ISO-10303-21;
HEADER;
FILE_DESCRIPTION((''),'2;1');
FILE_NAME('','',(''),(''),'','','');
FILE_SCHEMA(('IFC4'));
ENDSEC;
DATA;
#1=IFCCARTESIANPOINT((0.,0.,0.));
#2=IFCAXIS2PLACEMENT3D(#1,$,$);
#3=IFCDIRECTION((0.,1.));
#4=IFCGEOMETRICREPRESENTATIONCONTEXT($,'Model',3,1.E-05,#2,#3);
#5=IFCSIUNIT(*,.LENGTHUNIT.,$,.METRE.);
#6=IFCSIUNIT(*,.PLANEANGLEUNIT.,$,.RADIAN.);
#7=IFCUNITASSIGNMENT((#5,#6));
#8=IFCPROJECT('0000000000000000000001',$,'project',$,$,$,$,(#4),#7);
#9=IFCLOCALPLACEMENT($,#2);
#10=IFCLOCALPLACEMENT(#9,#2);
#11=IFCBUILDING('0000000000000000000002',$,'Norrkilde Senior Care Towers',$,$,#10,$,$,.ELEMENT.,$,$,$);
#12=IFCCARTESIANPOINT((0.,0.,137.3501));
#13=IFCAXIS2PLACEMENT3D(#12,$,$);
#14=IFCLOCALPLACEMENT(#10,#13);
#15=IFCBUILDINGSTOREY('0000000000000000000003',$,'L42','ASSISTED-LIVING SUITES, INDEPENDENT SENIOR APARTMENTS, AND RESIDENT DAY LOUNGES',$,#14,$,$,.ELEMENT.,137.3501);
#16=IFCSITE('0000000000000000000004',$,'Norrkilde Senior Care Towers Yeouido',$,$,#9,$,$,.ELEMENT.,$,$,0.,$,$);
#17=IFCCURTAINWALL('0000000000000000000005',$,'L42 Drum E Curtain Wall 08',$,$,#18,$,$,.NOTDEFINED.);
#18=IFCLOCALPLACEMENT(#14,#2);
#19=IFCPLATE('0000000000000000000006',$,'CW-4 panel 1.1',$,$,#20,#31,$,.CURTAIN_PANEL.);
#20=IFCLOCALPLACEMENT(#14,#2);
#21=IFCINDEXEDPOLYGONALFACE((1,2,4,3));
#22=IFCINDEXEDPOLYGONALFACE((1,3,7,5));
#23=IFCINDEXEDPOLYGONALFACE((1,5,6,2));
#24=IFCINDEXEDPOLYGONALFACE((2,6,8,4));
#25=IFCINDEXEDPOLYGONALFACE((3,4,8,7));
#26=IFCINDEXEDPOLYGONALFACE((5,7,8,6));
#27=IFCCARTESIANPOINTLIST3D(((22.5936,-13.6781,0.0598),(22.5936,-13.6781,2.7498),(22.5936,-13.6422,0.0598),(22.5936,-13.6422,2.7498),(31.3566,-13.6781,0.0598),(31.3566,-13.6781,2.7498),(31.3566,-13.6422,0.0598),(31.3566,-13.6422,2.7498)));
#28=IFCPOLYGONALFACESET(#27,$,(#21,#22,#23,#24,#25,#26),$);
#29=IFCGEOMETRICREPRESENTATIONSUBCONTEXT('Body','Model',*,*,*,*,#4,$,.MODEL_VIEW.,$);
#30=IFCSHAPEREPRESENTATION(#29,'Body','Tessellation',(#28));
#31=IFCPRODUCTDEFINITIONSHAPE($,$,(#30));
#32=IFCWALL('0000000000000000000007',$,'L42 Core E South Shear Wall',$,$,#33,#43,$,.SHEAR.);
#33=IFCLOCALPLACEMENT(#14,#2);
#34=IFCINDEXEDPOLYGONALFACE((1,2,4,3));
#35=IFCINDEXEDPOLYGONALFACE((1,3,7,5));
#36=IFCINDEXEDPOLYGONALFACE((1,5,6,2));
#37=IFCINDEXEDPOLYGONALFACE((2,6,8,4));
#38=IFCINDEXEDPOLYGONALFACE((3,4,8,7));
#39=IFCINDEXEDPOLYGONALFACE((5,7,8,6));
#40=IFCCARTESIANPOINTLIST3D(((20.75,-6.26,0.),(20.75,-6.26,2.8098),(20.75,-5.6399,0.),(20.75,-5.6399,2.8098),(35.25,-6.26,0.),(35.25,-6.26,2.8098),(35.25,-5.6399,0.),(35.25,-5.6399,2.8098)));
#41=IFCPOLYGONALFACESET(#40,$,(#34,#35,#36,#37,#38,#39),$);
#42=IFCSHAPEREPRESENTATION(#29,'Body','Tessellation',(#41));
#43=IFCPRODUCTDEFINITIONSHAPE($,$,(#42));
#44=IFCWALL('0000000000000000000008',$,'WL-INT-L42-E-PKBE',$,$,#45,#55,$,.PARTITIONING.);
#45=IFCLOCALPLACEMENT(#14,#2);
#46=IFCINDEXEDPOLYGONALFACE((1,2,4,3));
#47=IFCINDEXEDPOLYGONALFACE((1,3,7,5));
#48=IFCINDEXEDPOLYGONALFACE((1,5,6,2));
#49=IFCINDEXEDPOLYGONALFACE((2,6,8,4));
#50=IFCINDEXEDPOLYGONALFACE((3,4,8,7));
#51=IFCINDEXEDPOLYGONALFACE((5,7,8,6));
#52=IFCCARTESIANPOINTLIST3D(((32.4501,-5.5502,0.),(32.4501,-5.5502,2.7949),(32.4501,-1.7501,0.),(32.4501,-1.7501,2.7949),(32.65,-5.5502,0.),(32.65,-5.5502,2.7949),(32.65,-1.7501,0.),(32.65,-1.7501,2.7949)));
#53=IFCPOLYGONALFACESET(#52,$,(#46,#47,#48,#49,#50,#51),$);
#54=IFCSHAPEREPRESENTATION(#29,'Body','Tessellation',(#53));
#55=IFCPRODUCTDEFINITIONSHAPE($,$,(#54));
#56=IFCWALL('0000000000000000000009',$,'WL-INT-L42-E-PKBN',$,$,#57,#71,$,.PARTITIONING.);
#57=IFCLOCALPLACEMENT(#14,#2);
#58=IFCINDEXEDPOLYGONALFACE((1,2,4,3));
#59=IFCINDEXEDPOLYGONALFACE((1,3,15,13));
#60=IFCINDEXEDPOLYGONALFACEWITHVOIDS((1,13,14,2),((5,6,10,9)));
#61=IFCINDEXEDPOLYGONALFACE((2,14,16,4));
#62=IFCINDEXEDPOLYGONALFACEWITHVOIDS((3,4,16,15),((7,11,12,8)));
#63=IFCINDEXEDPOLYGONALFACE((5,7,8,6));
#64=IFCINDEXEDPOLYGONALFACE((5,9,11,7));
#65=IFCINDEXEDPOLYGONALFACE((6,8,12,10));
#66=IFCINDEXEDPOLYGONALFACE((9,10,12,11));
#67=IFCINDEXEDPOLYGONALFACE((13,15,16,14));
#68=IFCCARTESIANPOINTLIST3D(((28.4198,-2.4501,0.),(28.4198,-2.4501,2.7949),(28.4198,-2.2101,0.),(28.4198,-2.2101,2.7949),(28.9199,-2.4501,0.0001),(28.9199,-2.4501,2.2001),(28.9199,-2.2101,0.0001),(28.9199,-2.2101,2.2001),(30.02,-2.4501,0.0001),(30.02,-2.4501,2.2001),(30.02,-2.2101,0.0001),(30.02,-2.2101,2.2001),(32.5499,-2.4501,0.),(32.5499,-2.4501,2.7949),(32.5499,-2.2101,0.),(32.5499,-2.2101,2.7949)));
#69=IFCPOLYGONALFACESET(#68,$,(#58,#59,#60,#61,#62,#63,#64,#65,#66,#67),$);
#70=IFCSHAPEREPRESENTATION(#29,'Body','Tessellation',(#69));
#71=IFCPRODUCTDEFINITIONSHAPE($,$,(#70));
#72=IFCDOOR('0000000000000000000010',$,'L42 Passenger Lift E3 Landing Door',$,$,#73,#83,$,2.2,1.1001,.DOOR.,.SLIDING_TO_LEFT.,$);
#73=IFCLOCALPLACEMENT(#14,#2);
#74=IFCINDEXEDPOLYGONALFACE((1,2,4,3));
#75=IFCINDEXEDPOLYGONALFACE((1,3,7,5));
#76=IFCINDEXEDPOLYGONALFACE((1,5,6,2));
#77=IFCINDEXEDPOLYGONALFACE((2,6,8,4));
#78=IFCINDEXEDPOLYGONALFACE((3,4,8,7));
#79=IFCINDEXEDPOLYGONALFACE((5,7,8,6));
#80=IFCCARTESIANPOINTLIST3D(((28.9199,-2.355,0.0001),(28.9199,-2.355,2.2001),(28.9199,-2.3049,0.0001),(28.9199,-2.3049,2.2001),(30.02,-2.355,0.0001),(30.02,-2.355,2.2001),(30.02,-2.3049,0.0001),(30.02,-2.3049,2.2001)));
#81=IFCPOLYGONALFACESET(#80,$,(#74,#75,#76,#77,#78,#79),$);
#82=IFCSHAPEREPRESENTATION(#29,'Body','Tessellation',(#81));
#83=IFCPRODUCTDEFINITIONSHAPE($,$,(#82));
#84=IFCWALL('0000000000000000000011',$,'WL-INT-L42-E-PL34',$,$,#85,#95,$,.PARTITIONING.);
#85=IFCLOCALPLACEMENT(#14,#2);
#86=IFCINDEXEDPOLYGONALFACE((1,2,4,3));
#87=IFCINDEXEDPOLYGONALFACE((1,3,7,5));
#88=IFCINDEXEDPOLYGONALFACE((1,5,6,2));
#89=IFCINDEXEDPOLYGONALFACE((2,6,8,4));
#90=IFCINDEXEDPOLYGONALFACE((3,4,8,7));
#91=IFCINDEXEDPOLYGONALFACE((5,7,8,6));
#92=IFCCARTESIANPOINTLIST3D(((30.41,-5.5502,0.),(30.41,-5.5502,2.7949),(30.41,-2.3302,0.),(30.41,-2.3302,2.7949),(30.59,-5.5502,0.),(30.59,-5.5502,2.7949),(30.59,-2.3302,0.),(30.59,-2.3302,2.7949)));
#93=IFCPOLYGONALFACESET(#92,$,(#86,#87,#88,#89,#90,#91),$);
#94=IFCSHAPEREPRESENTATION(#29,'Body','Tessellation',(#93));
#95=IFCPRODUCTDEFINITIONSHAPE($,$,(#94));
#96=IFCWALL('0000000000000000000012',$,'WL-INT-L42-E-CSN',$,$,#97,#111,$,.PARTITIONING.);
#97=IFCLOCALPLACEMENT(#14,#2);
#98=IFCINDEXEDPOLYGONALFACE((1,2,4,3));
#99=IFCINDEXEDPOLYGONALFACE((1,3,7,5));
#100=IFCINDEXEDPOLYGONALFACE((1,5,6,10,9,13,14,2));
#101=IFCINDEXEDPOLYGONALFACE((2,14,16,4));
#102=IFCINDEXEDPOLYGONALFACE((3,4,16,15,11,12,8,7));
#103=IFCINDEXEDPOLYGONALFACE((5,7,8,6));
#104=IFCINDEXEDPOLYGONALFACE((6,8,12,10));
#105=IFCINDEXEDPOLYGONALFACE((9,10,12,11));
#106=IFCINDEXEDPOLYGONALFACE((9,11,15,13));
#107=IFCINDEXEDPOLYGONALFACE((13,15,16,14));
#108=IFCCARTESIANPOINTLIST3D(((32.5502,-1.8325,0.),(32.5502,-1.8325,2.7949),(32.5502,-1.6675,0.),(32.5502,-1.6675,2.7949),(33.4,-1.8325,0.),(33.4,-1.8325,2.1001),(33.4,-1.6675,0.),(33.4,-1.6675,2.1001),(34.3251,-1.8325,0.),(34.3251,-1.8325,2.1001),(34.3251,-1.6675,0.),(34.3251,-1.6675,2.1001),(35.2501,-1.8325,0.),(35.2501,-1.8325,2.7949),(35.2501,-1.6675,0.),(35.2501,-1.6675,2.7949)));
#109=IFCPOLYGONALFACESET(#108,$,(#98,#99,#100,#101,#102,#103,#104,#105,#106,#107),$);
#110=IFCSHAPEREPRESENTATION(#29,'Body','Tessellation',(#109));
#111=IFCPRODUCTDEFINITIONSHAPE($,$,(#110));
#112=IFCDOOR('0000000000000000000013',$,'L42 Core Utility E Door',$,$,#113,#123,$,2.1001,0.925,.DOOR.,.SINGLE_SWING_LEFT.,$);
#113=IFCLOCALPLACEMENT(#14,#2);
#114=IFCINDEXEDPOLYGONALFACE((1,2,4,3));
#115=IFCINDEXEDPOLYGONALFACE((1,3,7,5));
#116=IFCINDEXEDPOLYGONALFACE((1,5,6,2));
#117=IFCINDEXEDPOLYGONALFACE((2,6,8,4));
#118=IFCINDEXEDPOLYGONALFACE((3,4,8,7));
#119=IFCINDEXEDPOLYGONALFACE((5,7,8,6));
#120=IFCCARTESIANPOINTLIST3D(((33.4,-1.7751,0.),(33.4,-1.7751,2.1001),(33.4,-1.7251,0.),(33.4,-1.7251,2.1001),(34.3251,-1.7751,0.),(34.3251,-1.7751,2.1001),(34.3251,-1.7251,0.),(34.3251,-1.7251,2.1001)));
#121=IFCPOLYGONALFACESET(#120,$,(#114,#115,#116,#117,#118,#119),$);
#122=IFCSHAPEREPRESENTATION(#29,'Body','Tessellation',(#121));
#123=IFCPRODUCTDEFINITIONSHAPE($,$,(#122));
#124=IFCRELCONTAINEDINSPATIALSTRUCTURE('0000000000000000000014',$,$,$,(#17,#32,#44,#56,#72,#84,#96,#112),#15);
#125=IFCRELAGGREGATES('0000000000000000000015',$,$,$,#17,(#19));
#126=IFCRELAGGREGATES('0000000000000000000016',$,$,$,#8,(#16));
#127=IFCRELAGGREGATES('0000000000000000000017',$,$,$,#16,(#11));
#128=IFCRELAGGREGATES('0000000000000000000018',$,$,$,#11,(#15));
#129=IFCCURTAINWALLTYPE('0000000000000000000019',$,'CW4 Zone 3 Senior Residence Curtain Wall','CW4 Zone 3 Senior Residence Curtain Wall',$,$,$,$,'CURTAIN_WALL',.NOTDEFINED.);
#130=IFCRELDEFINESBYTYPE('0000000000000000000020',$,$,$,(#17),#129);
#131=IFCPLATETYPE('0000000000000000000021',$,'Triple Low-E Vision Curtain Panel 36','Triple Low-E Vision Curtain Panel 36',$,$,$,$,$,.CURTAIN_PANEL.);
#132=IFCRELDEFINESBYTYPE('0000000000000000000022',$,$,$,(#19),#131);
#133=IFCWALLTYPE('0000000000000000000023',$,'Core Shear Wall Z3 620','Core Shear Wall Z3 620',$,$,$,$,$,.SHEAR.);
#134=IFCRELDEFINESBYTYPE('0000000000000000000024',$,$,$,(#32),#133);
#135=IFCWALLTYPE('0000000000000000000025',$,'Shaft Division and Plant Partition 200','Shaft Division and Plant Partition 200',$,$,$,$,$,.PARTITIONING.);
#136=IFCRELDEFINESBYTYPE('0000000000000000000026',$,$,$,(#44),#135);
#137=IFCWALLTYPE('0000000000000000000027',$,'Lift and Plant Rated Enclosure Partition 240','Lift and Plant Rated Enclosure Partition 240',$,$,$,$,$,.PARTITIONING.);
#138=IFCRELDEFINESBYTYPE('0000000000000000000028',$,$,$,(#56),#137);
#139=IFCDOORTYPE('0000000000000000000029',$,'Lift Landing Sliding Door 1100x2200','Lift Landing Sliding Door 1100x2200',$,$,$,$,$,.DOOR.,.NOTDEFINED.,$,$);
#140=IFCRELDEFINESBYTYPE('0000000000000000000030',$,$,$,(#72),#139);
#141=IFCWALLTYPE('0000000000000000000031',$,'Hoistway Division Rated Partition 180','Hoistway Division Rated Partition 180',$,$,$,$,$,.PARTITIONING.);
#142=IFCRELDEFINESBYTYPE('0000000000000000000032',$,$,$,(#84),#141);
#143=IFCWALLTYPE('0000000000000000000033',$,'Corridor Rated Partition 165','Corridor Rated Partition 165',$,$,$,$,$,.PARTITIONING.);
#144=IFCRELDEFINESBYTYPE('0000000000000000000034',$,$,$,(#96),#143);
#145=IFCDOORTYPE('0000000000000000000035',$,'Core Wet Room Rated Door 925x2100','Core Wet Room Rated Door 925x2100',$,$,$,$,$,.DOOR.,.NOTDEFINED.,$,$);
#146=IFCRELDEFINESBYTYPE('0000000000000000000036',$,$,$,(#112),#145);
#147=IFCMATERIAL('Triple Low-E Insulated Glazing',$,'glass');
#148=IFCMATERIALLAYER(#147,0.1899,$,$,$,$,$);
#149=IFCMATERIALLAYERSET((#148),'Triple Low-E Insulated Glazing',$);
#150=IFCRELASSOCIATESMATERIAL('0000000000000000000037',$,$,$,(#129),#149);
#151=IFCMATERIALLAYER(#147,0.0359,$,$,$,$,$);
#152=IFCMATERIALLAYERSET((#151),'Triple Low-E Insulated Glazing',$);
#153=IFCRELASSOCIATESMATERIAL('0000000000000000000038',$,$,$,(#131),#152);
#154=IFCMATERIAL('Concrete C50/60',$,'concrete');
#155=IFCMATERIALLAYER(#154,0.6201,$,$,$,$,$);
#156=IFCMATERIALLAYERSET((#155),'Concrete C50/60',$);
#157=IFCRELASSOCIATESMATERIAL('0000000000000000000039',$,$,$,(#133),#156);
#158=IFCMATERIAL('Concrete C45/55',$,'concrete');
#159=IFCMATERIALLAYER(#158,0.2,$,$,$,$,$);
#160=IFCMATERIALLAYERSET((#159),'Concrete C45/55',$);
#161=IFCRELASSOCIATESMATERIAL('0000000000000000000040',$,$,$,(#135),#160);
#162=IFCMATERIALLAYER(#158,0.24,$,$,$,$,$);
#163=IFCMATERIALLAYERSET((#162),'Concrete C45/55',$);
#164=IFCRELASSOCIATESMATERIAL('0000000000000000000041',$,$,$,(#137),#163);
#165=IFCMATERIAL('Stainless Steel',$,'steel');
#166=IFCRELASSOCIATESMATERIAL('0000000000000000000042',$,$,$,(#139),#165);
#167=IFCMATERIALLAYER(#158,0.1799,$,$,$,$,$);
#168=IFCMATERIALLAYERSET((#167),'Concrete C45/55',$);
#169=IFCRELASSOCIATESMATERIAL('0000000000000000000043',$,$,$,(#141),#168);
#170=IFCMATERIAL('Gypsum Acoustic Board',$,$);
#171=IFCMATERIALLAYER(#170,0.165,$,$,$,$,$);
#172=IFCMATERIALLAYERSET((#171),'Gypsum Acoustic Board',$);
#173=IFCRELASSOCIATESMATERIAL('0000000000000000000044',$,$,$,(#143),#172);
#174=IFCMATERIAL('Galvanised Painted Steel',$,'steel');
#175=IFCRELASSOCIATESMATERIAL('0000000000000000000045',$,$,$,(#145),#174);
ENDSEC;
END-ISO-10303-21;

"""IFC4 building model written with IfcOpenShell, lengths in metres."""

from ifc_helpers import new_model, si_unit, direction, frame, frame_2d, origin, origin_2d, place, context, subcontext, project, spatial, rectangle, extrude, source, transform, mapped, material, layer, layer_set, type_object, type_shapes, element, fill, aggregate, save


model = new_model("IFC4")

# Units and contexts
model_context = context("Model", 3, precision=1e-05, world=origin(), true_north=direction((0.0, 1.0)))
body_context = subcontext(model_context, "Body", "Model", "MODEL_VIEW")
ifc_project = project(units=[si_unit("LENGTHUNIT", "METRE"), si_unit("PLANEANGLEUNIT", "RADIAN")], contexts=[model_context])

# Site, building, storey
site_placement = place(None, origin())
site = spatial("IfcSite", under=ifc_project, at=site_placement, Name="Norrkilde Senior Care Towers Yeouido", CompositionType="ELEMENT", RefElevation=0.0)
building_placement = place(site_placement, origin())
building = spatial("IfcBuilding", under=site, at=building_placement, Name="Norrkilde Senior Care Towers", CompositionType="ELEMENT")
storey_placement = place(building_placement, frame((0.0, 0.0, 137.3501)))
storey = spatial("IfcBuildingStorey", under=building, at=storey_placement, Name="L42", Description="ASSISTED-LIVING SUITES, INDEPENDENT SENIOR APARTMENTS, AND RESIDENT DAY LOUNGES", CompositionType="ELEMENT", Elevation=137.3501)

# Shared definitions
ifc_material_1 = material(Name="Concrete C50/60", Category="concrete")

# Curtain wall
ifc_material_2 = material(Name="Triple Low-E Insulated Glazing", Category="glass")
ifc_layer_1 = layer(ifc_material_2, 0.1899)
ifc_layer_set_1 = layer_set([ifc_layer_1], Name="Triple Low-E Insulated Glazing")
curtain_wall_type = type_object("IfcCurtainWallType", Name="CW4 Zone 3 Senior Residence Curtain Wall", Description="CW4 Zone 3 Senior Residence Curtain Wall", ElementType="CURTAIN_WALL", PredefinedType="NOTDEFINED", material=ifc_layer_set_1)
curtain_wall_1_placement = place(storey_placement, origin())
curtain_wall_1 = element("IfcCurtainWall", 1, at=curtain_wall_1_placement, inside=storey, type_object=curtain_wall_type, Name="L42 Drum E Curtain Wall 08", PredefinedType="NOTDEFINED")

# Shared definitions
ifc_layer_2 = layer(ifc_material_2, 0.0359)
ifc_layer_set_2 = layer_set([ifc_layer_2], Name="Triple Low-E Insulated Glazing")
plate_type = type_object("IfcPlateType", Name="Triple Low-E Vision Curtain Panel 36", Description="Triple Low-E Vision Curtain Panel 36", PredefinedType="CURTAIN_PANEL", material=ifc_layer_set_2)

# Plate
shared_shape_1 = source(origin(), body_context, "Body", "SweptSolid", [
    extrude(rectangle(XDim=8.7629, YDim=0.0359, at=origin_2d()), origin(), (0.0, 0.0, 1.0), 2.6899),
])
plate_1_placement = place(storey_placement, frame((26.9751, -13.6602, 0.0598), z_axis=(0.0, 0.0, 1.0), x_axis=(-1.0, 0.0, 0.0)))
plate_1 = element("IfcPlate", 2, at=plate_1_placement, type_object=plate_type, Name="CW-4 panel 1.1", PredefinedType="CURTAIN_PANEL", context=body_context, shape_type="MappedRepresentation", body=[
    mapped(shared_shape_1, transform((0.0, 0.0, 0.0), x_axis=(1.0, 0.0, 0.0), y_axis=(0.0, 1.0, 0.0), z_axis=(0.0, 0.0, 1.0), scale=1.0)),
])
aggregate(curtain_wall_1, [plate_1])

# Walls
ifc_layer_3 = layer(ifc_material_1, 0.6201)
ifc_layer_set_3 = layer_set([ifc_layer_3], Name="Concrete C50/60")
wall_type_1 = type_object("IfcWallType", Name="Core Shear Wall Z3 620", Description="Core Shear Wall Z3 620", PredefinedType="SHEAR", material=ifc_layer_set_3)
shared_shape_2 = source(origin(), body_context, "Body", "SweptSolid", [
    extrude(rectangle(XDim=14.5, YDim=0.6201, at=frame_2d((7.25, 0.0))), origin(), (0.0, 0.0, 1.0), 2.8098),
])
type_shapes(wall_type_1, [shared_shape_2])
wall_1_placement = place(storey_placement, frame((35.25, -5.95, 0.0), z_axis=(0.0, 0.0, 1.0), x_axis=(-1.0, 0.0, 0.0)))
element("IfcWall", 3, at=wall_1_placement, inside=storey, type_object=wall_type_1, Name="L42 Core E South Shear Wall", PredefinedType="SHEAR", context=body_context, shape_type="MappedRepresentation", body=[
    mapped(shared_shape_2, transform((0.0, 0.0, 0.0), x_axis=(1.0, 0.0, 0.0), y_axis=(0.0, 1.0, 0.0), z_axis=(0.0, 0.0, 1.0), scale=1.0)),
])
ifc_material_3 = material(Name="Concrete C45/55", Category="concrete")
ifc_layer_4 = layer(ifc_material_3, 0.2)
ifc_layer_set_4 = layer_set([ifc_layer_4], Name="Concrete C45/55")
wall_type_2 = type_object("IfcWallType", Name="Shaft Division and Plant Partition 200", Description="Shaft Division and Plant Partition 200", PredefinedType="PARTITIONING", material=ifc_layer_set_4)
shared_shape_3 = source(origin(), body_context, "Body", "SweptSolid", [
    extrude(rectangle(XDim=3.8, YDim=0.2, at=frame_2d((1.8999, 0.0))), origin(), (0.0, 0.0, 1.0), 2.7949),
])
type_shapes(wall_type_2, [shared_shape_3])
wall_2_placement = place(storey_placement, frame((32.55, -5.55, 0.0), z_axis=(0.0, 0.0, 1.0), x_axis=(0.0, 1.0, 0.0)))
element("IfcWall", 4, at=wall_2_placement, inside=storey, type_object=wall_type_2, Name="WL-INT-L42-E-PKBE", PredefinedType="PARTITIONING", context=body_context, shape_type="MappedRepresentation", body=[
    mapped(shared_shape_3, transform((0.0, 0.0, 0.0), x_axis=(1.0, 0.0, 0.0), y_axis=(0.0, 1.0, 0.0), z_axis=(0.0, 0.0, 1.0), scale=1.0)),
])

# Wall, opening, door
ifc_layer_5 = layer(ifc_material_3, 0.24)
ifc_layer_set_5 = layer_set([ifc_layer_5], Name="Concrete C45/55")
wall_type_3 = type_object("IfcWallType", Name="Lift and Plant Rated Enclosure Partition 240", Description="Lift and Plant Rated Enclosure Partition 240", PredefinedType="PARTITIONING", material=ifc_layer_set_5)
shared_shape_4 = source(origin(), body_context, "Body", "SweptSolid", [
    extrude(rectangle(XDim=4.1301, YDim=0.24, at=frame_2d((2.0649, 0.0))), origin(), (0.0, 0.0, 1.0), 2.7949),
])
type_shapes(wall_type_3, [shared_shape_4])
wall_3_placement = place(storey_placement, frame((28.4199, -2.3301, 0.0), z_axis=(0.0, 0.0, 1.0), x_axis=(1.0, 0.0, 0.0)))
wall_3 = element("IfcWall", 5, at=wall_3_placement, inside=storey, type_object=wall_type_3, Name="WL-INT-L42-E-PKBN", PredefinedType="PARTITIONING", context=body_context, shape_type="MappedRepresentation", body=[
    mapped(shared_shape_4, transform((0.0, 0.0, 0.0), x_axis=(1.0, 0.0, 0.0), y_axis=(0.0, 1.0, 0.0), z_axis=(0.0, 0.0, 1.0), scale=1.0)),
])
opening_1_placement = place(wall_3_placement, frame((0.5, 0.0, 0.0)))
opening_1 = element("IfcOpeningElement", 6, at=opening_1_placement, cuts=wall_3, PredefinedType="OPENING", context=body_context, shape_type="SweptSolid", body=[
    extrude(rectangle(XDim=1.1001, YDim=2.2, at=frame_2d((0.55, 1.1001))), frame((0.0, 0.1299, 0.0), z_axis=(0.0, -1.0, 0.0), x_axis=(1.0, 0.0, 0.0)), (0.0, 0.0, 1.0), 0.26),
])
ifc_material_4 = material(Name="Stainless Steel", Category="steel")
door_type_1 = type_object("IfcDoorType", Name="Lift Landing Sliding Door 1100x2200", Description="Lift Landing Sliding Door 1100x2200", OperationType="NOTDEFINED", PredefinedType="DOOR", material=ifc_material_4)
shared_shape_5 = source(origin(), body_context, "Body", "SweptSolid", [
    extrude(rectangle(XDim=1.1001, YDim=2.2, at=frame_2d((0.55, 1.1001))), frame((0.0, 0.0249, 0.0), z_axis=(0.0, -1.0, 0.0), x_axis=(1.0, 0.0, 0.0)), (0.0, 0.0, 1.0), 0.05),
])
type_shapes(door_type_1, [shared_shape_5])
door_1_placement = place(opening_1_placement, frame((1.1001, 0.0, 0.0), z_axis=(0.0, 0.0, 1.0), x_axis=(-1.0, 0.0, 0.0)))
door_1 = element("IfcDoor", 7, at=door_1_placement, inside=storey, type_object=door_type_1, Name="L42 Passenger Lift E3 Landing Door", OperationType="SLIDING_TO_LEFT", OverallHeight=2.2, OverallWidth=1.1001, PredefinedType="DOOR", context=body_context, shape_type="MappedRepresentation", body=[
    mapped(shared_shape_5, transform((0.0, 0.0, 0.0), x_axis=(1.0, 0.0, 0.0), y_axis=(0.0, 1.0, 0.0), z_axis=(0.0, 0.0, 1.0), scale=1.0)),
])
fill(opening_1, door_1)

# Wall
ifc_layer_6 = layer(ifc_material_3, 0.1799)
ifc_layer_set_6 = layer_set([ifc_layer_6], Name="Concrete C45/55")
wall_type_4 = type_object("IfcWallType", Name="Hoistway Division Rated Partition 180", Description="Hoistway Division Rated Partition 180", PredefinedType="PARTITIONING", material=ifc_layer_set_6)
shared_shape_6 = source(origin(), body_context, "Body", "SweptSolid", [
    extrude(rectangle(XDim=3.22, YDim=0.1799, at=frame_2d((1.6099, 0.0))), origin(), (0.0, 0.0, 1.0), 2.7949),
])
type_shapes(wall_type_4, [shared_shape_6])
wall_4_placement = place(storey_placement, frame((30.5, -5.55, 0.0), z_axis=(0.0, 0.0, 1.0), x_axis=(0.0, 1.0, 0.0)))
element("IfcWall", 8, at=wall_4_placement, inside=storey, type_object=wall_type_4, Name="WL-INT-L42-E-PL34", PredefinedType="PARTITIONING", context=body_context, shape_type="MappedRepresentation", body=[
    mapped(shared_shape_6, transform((0.0, 0.0, 0.0), x_axis=(1.0, 0.0, 0.0), y_axis=(0.0, 1.0, 0.0), z_axis=(0.0, 0.0, 1.0), scale=1.0)),
])

# Wall, opening, door
ifc_material_5 = material(Name="Gypsum Acoustic Board")
ifc_layer_7 = layer(ifc_material_5, 0.165)
ifc_layer_set_7 = layer_set([ifc_layer_7], Name="Gypsum Acoustic Board")
wall_type_5 = type_object("IfcWallType", Name="Corridor Rated Partition 165", Description="Corridor Rated Partition 165", PredefinedType="PARTITIONING", material=ifc_layer_set_7)
shared_shape_7 = source(origin(), body_context, "Body", "SweptSolid", [
    extrude(rectangle(XDim=2.7, YDim=0.165, at=frame_2d((1.3501, 0.0))), origin(), (0.0, 0.0, 1.0), 2.7949),
])
wall_5_placement = place(storey_placement, frame((32.55, -1.75, 0.0), z_axis=(0.0, 0.0, 1.0), x_axis=(1.0, 0.0, 0.0)))
wall_5 = element("IfcWall", 9, at=wall_5_placement, inside=storey, type_object=wall_type_5, Name="WL-INT-L42-E-CSN", PredefinedType="PARTITIONING", context=body_context, shape_type="MappedRepresentation", body=[
    mapped(shared_shape_7, transform((0.0, 0.0, 0.0), x_axis=(1.0, 0.0, 0.0), y_axis=(0.0, 1.0, 0.0), z_axis=(0.0, 0.0, 1.0), scale=1.0)),
])
opening_2_placement = place(wall_5_placement, frame((0.8501, 0.0, 0.0)))
opening_2 = element("IfcOpeningElement", 10, at=opening_2_placement, cuts=wall_5, PredefinedType="OPENING", context=body_context, shape_type="SweptSolid", body=[
    extrude(rectangle(XDim=0.925, YDim=2.1001, at=frame_2d((0.4624, 1.05))), frame((0.0, 0.0925, 0.0), z_axis=(0.0, -1.0, 0.0), x_axis=(1.0, 0.0, 0.0)), (0.0, 0.0, 1.0), 0.1851),
])
ifc_material_6 = material(Name="Galvanised Painted Steel", Category="steel")
door_type_2 = type_object("IfcDoorType", Name="Core Wet Room Rated Door 925x2100", Description="Core Wet Room Rated Door 925x2100", OperationType="NOTDEFINED", PredefinedType="DOOR", material=ifc_material_6)
shared_shape_8 = source(origin(), body_context, "Body", "SweptSolid", [
    extrude(rectangle(XDim=0.925, YDim=2.1001, at=frame_2d((0.4624, 1.05))), frame((0.0, 0.0249, 0.0), z_axis=(0.0, -1.0, 0.0), x_axis=(1.0, 0.0, 0.0)), (0.0, 0.0, 1.0), 0.05),
])
type_shapes(door_type_2, [shared_shape_8])
door_2_placement = place(opening_2_placement, origin())
door_2 = element("IfcDoor", 11, at=door_2_placement, inside=storey, type_object=door_type_2, Name="L42 Core Utility E Door", OperationType="SINGLE_SWING_LEFT", OverallHeight=2.1001, OverallWidth=0.925, PredefinedType="DOOR", context=body_context, shape_type="MappedRepresentation", body=[
    mapped(shared_shape_8, transform((0.0, 0.0, 0.0), x_axis=(1.0, 0.0, 0.0), y_axis=(0.0, 1.0, 0.0), z_axis=(0.0, 0.0, 1.0), scale=1.0)),
])
fill(opening_2, door_2)

save(model, "model.ifc")
